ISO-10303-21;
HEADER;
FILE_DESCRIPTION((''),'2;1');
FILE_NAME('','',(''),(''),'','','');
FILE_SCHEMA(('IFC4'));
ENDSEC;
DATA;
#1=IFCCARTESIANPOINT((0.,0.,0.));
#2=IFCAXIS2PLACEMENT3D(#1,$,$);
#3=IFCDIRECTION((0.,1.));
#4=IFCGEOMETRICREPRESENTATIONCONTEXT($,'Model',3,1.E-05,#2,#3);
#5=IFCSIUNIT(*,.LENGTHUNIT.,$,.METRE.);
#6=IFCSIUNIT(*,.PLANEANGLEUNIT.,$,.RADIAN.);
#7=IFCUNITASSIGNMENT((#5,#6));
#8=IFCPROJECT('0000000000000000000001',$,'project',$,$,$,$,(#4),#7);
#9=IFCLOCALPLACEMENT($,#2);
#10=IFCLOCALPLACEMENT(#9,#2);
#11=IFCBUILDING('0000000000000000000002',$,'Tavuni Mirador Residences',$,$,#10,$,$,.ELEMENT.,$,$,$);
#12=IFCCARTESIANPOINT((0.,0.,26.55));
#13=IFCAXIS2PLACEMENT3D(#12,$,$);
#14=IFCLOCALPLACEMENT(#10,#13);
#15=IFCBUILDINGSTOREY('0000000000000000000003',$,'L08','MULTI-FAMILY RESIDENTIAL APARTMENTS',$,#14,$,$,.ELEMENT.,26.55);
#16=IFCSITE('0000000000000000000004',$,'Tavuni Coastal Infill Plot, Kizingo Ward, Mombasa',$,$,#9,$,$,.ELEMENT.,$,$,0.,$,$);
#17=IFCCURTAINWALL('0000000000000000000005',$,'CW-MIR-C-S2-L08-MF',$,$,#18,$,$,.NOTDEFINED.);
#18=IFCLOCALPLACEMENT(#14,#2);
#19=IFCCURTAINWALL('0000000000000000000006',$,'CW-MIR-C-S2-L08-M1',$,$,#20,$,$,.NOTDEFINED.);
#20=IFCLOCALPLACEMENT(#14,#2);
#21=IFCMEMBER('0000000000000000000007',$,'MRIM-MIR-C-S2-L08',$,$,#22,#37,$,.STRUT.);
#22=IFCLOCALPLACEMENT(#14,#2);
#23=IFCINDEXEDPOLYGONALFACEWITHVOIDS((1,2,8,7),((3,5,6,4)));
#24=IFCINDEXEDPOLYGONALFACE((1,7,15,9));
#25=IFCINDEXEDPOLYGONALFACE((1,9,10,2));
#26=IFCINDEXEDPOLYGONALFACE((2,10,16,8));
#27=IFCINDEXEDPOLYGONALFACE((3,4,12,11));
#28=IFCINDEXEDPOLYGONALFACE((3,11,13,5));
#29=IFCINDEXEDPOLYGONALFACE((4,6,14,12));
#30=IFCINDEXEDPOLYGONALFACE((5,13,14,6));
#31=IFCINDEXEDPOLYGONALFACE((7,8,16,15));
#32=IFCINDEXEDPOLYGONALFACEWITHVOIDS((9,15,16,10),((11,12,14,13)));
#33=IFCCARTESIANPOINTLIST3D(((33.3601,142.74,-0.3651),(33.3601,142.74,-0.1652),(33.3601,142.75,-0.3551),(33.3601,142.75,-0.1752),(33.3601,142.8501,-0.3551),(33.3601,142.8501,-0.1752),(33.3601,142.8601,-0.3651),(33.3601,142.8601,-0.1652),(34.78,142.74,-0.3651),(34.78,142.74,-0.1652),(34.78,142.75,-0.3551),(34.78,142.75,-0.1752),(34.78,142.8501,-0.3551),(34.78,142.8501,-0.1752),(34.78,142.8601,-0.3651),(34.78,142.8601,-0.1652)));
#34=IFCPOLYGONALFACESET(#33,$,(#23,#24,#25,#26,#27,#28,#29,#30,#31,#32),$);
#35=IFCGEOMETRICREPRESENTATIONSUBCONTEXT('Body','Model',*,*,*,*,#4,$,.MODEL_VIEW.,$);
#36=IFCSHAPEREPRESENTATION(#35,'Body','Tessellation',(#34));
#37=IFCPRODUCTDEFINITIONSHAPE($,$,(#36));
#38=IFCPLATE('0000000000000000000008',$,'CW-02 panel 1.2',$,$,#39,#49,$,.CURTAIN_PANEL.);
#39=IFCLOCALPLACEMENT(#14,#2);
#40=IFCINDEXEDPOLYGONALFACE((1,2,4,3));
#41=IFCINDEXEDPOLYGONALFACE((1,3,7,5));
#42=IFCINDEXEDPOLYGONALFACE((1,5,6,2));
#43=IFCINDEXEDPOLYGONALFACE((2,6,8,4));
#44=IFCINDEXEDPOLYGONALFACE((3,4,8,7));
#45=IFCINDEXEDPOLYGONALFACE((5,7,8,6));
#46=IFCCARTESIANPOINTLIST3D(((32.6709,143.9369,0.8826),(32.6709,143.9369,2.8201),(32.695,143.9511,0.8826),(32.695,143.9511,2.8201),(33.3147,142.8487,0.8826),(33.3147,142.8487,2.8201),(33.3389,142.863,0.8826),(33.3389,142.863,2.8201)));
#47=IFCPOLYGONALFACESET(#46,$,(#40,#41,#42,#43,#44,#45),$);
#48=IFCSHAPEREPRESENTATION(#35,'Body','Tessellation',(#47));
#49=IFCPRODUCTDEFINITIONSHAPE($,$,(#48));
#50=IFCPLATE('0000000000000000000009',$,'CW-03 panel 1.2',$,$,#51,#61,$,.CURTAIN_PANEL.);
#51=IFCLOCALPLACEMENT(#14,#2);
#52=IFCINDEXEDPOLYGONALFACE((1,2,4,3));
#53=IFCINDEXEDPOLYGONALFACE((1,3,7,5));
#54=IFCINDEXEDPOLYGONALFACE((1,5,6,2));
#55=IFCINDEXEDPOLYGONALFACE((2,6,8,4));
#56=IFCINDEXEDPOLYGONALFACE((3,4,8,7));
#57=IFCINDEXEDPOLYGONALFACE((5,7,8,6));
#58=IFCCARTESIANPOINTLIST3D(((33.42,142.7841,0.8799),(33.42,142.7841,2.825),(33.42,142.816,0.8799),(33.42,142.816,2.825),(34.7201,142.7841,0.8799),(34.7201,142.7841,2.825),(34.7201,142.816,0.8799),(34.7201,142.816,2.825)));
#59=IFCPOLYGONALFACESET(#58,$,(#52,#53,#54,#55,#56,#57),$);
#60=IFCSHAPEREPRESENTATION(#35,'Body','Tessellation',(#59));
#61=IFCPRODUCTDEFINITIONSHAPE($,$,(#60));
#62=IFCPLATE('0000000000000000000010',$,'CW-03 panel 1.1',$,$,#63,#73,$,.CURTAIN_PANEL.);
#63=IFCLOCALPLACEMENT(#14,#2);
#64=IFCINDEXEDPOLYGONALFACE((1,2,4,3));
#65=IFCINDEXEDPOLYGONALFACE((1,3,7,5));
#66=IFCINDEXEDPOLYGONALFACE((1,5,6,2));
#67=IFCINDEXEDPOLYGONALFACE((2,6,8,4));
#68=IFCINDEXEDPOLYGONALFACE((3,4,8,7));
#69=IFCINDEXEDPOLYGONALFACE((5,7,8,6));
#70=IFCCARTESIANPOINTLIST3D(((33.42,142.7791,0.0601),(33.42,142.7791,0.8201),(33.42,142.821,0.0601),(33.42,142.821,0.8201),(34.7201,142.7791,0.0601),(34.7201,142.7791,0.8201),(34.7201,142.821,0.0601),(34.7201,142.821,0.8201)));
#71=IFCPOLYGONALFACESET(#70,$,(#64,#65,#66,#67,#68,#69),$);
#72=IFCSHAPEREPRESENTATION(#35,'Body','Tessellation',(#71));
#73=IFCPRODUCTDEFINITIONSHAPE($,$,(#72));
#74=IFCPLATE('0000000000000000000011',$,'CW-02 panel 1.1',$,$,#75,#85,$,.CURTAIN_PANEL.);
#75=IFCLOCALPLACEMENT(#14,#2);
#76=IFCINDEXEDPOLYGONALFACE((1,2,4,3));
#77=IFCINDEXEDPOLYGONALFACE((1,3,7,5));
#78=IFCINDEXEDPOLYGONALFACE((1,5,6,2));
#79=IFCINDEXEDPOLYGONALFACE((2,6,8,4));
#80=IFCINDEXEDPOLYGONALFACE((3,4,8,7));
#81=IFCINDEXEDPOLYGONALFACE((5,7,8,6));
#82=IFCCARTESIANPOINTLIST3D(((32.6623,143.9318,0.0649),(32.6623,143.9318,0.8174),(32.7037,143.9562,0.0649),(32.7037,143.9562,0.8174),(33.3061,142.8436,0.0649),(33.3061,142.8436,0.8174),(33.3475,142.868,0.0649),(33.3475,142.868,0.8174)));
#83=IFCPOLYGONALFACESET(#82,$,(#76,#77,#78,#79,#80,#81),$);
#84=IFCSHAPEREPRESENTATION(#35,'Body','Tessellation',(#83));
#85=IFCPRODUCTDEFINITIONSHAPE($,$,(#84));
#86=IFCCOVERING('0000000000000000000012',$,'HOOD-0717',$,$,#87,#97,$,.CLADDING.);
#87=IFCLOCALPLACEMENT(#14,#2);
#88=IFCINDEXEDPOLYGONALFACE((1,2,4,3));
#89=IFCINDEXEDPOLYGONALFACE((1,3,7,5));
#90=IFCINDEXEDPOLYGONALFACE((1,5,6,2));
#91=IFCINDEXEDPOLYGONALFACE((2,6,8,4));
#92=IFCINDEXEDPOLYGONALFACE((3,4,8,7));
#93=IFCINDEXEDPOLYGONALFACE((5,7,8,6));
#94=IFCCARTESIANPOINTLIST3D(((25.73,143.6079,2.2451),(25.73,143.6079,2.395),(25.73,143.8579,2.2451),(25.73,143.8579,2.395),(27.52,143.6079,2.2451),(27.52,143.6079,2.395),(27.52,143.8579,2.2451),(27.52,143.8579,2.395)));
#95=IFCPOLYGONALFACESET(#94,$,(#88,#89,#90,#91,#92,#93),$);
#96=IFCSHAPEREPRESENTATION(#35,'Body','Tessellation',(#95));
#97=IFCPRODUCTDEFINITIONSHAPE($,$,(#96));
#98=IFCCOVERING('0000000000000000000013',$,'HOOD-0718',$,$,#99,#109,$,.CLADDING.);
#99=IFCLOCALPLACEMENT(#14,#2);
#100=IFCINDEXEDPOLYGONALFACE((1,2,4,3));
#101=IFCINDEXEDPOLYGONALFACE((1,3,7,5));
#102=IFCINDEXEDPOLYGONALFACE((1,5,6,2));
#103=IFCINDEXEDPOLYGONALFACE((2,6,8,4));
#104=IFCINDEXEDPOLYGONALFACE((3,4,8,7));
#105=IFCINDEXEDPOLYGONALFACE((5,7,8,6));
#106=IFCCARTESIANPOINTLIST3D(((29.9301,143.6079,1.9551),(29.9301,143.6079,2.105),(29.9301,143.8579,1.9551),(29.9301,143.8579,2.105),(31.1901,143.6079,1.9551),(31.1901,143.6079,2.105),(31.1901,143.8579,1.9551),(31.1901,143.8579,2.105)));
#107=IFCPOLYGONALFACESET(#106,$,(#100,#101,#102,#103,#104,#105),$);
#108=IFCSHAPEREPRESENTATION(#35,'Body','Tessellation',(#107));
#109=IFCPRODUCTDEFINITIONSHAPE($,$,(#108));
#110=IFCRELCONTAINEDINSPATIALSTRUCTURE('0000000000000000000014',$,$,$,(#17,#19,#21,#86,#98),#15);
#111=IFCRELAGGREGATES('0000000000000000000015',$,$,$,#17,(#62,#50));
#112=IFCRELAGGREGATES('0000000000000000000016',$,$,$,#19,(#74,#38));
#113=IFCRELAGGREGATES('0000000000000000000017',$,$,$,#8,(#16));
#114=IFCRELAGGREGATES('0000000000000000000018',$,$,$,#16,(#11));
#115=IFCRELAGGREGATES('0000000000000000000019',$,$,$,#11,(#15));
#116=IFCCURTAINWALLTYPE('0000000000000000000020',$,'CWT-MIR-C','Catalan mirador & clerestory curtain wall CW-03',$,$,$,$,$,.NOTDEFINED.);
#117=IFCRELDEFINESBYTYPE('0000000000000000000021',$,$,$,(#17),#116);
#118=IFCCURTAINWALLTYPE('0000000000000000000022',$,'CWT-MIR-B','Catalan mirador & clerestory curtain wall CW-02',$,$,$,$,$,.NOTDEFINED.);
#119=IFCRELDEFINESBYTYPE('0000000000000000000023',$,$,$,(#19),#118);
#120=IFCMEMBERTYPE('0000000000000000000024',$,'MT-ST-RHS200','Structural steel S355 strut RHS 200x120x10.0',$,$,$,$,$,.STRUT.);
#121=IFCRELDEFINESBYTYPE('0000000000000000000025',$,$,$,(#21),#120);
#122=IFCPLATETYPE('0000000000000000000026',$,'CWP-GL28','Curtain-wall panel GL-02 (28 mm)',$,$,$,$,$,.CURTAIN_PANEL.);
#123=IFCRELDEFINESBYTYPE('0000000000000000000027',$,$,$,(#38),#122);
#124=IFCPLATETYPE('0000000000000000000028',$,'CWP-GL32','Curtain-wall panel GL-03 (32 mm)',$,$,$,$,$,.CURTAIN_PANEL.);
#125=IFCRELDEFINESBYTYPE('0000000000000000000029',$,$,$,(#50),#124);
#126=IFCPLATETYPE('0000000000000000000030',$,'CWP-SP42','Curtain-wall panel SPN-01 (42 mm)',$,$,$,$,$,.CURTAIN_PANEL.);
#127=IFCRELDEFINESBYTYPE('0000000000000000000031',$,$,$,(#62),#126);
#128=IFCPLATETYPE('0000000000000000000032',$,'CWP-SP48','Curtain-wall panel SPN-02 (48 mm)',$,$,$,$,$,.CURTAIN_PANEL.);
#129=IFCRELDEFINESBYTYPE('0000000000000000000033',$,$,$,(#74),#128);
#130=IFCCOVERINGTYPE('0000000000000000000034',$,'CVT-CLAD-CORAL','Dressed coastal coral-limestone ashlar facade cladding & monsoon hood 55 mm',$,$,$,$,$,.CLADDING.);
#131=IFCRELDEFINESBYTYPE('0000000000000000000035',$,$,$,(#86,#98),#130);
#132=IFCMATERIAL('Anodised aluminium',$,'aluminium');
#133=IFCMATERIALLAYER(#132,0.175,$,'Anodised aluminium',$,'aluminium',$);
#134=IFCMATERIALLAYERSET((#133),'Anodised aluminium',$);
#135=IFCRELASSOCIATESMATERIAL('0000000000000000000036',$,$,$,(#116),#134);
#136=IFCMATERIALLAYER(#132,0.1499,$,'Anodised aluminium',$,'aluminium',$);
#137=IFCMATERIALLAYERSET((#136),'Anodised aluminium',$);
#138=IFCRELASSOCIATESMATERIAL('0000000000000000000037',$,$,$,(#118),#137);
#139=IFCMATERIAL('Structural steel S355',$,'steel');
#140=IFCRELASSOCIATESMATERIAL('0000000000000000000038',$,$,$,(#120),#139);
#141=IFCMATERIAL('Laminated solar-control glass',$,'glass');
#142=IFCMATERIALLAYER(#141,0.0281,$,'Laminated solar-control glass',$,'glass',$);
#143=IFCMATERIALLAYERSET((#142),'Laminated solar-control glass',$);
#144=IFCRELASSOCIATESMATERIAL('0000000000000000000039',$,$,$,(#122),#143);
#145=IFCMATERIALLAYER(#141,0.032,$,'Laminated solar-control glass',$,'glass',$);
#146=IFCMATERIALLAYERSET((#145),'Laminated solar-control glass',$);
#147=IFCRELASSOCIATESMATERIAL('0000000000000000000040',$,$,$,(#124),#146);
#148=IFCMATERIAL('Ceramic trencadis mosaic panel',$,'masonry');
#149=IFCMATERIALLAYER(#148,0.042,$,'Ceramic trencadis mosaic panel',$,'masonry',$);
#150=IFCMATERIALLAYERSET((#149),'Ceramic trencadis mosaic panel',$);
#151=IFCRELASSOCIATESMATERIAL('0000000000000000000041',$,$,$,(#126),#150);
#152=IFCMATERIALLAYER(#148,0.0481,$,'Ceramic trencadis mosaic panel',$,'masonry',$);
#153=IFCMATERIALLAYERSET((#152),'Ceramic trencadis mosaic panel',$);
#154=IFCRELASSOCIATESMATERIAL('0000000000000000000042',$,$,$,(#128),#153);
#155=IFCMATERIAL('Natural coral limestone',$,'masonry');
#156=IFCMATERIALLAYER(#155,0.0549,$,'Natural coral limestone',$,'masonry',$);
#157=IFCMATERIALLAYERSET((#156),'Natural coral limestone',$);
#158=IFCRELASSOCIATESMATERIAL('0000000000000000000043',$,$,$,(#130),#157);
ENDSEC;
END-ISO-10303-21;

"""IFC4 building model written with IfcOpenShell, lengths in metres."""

from ifc_helpers import new_model, si_unit, direction, frame, origin, origin_2d, place, context, subcontext, project, spatial, rectangle, hollow_rectangle, extrude, material, layer, layer_set, material_profile, profile_set, type_object, element, aggregate, save


model = new_model("IFC4")

# Units and contexts
model_context = context("Model", 3, precision=1e-05, world=origin(), true_north=direction((0.0, 1.0)))
body_context = subcontext(model_context, "Body", "Model", "MODEL_VIEW")
ifc_project = project(units=[si_unit("LENGTHUNIT", "METRE"), si_unit("PLANEANGLEUNIT", "RADIAN")], contexts=[model_context])

# Site, building, storey
site_placement = place(None, origin())
site = spatial("IfcSite", under=ifc_project, at=site_placement, Name="Tavuni Coastal Infill Plot, Kizingo Ward, Mombasa", CompositionType="ELEMENT", RefElevation=0.0)
building_placement = place(site_placement, origin())
building = spatial("IfcBuilding", under=site, at=building_placement, Name="Tavuni Mirador Residences", CompositionType="ELEMENT")
storey_placement = place(building_placement, frame((0.0, 0.0, 26.55)))
storey = spatial("IfcBuildingStorey", under=building, at=storey_placement, Name="L08", Description="MULTI-FAMILY RESIDENTIAL APARTMENTS", CompositionType="ELEMENT", Elevation=26.55)

# Curtain wall
ifc_material_1 = material(Name="Anodised aluminium", Category="aluminium")
ifc_layer_1 = layer(ifc_material_1, 0.175, Name="Anodised aluminium", Category="aluminium")
ifc_layer_set_1 = layer_set([ifc_layer_1], Name="Anodised aluminium")
curtain_wall_type_1 = type_object("IfcCurtainWallType", Name="CWT-MIR-C", Description="Catalan mirador & clerestory curtain wall CW-03", PredefinedType="NOTDEFINED", material=ifc_layer_set_1)
curtain_wall_1_placement = place(storey_placement, origin())
curtain_wall_1 = element("IfcCurtainWall", 1, at=curtain_wall_1_placement, inside=storey, type_object=curtain_wall_type_1, Name="CW-MIR-C-S2-L08-MF", PredefinedType="NOTDEFINED")

# Curtain wall
ifc_layer_2 = layer(ifc_material_1, 0.1499, Name="Anodised aluminium", Category="aluminium")
ifc_layer_set_2 = layer_set([ifc_layer_2], Name="Anodised aluminium")
curtain_wall_type_2 = type_object("IfcCurtainWallType", Name="CWT-MIR-B", Description="Catalan mirador & clerestory curtain wall CW-02", PredefinedType="NOTDEFINED", material=ifc_layer_set_2)
curtain_wall_2_placement = place(storey_placement, origin())
curtain_wall_2 = element("IfcCurtainWall", 2, at=curtain_wall_2_placement, inside=storey, type_object=curtain_wall_type_2, Name="CW-MIR-C-S2-L08-M1", PredefinedType="NOTDEFINED")

# Member
ifc_material_2 = material(Name="Structural steel S355", Category="steel")
ifc_material_profile_1 = material_profile(ifc_material_2, hollow_rectangle(XDim=0.1201, YDim=0.2, WallThickness=0.01, at=origin_2d()), Name="RHS 200x120x10.0", Category="steel")
ifc_profile_set_1 = profile_set([ifc_material_profile_1], Name="Structural steel S355")
member_type_1 = type_object("IfcMemberType", Name="MT-ST-RHS200", Description="Structural steel S355 strut RHS 200x120x10.0", PredefinedType="STRUT", material=ifc_profile_set_1)
member_1_placement = place(storey_placement, frame((33.3601, 142.8, -0.2651), z_axis=(1.0, 0.0, 0.0), x_axis=(0.0, 1.0, 0.0)))
element("IfcMember", 3, at=member_1_placement, inside=storey, type_object=member_type_1, Name="MRIM-MIR-C-S2-L08", PredefinedType="STRUT", context=body_context, shape_type="SweptSolid", body=[
    extrude(hollow_rectangle(XDim=0.1201, YDim=0.2, WallThickness=0.01, at=origin_2d()), origin(), (0.0, 0.0, 1.0), 1.4199),
])

# Plates
ifc_material_3 = material(Name="Laminated solar-control glass", Category="glass")
ifc_layer_3 = layer(ifc_material_3, 0.0281, Name="Laminated solar-control glass", Category="glass")
ifc_layer_set_3 = layer_set([ifc_layer_3], Name="Laminated solar-control glass")
plate_type_1 = type_object("IfcPlateType", Name="CWP-GL28", Description="Curtain-wall panel GL-02 (28 mm)", PredefinedType="CURTAIN_PANEL", material=ifc_layer_set_3)
plate_1_placement = place(storey_placement, frame((33.0049, 143.3999, 0.8826), z_axis=(0.0, 0.0, 1.0), x_axis=(0.509212, -0.860641, 0.0)))
plate_1 = element("IfcPlate", 4, at=plate_1_placement, type_object=plate_type_1, Name="CW-02 panel 1.2", PredefinedType="CURTAIN_PANEL", context=body_context, shape_type="SweptSolid", body=[
    extrude(rectangle(XDim=1.2644, YDim=0.0281, at=origin_2d()), origin(), (0.0, 0.0, 1.0), 1.9375),
])
ifc_layer_4 = layer(ifc_material_3, 0.032, Name="Laminated solar-control glass", Category="glass")
ifc_layer_set_4 = layer_set([ifc_layer_4], Name="Laminated solar-control glass")
plate_type_2 = type_object("IfcPlateType", Name="CWP-GL32", Description="Curtain-wall panel GL-03 (32 mm)", PredefinedType="CURTAIN_PANEL", material=ifc_layer_set_4)
plate_2_placement = place(storey_placement, frame((34.0701, 142.8, 0.8799), z_axis=(0.0, 0.0, 1.0), x_axis=(1.0, 0.0, 0.0)))
plate_2 = element("IfcPlate", 5, at=plate_2_placement, type_object=plate_type_2, Name="CW-03 panel 1.2", PredefinedType="CURTAIN_PANEL", context=body_context, shape_type="SweptSolid", body=[
    extrude(rectangle(XDim=1.3, YDim=0.032, at=origin_2d()), origin(), (0.0, 0.0, 1.0), 1.9451),
])
ifc_material_4 = material(Name="Ceramic trencadis mosaic panel", Category="masonry")
ifc_layer_5 = layer(ifc_material_4, 0.042, Name="Ceramic trencadis mosaic panel", Category="masonry")
ifc_layer_set_5 = layer_set([ifc_layer_5], Name="Ceramic trencadis mosaic panel")
plate_type_3 = type_object("IfcPlateType", Name="CWP-SP42", Description="Curtain-wall panel SPN-01 (42 mm)", PredefinedType="CURTAIN_PANEL", material=ifc_layer_set_5)
plate_3_placement = place(storey_placement, frame((34.0701, 142.8, 0.0601), z_axis=(0.0, 0.0, 1.0), x_axis=(1.0, 0.0, 0.0)))
plate_3 = element("IfcPlate", 6, at=plate_3_placement, type_object=plate_type_3, Name="CW-03 panel 1.1", PredefinedType="CURTAIN_PANEL", context=body_context, shape_type="SweptSolid", body=[
    extrude(rectangle(XDim=1.3, YDim=0.042, at=origin_2d()), origin(), (0.0, 0.0, 1.0), 0.76),
])
aggregate(curtain_wall_1, [plate_3, plate_2])
ifc_layer_6 = layer(ifc_material_4, 0.0481, Name="Ceramic trencadis mosaic panel", Category="masonry")
ifc_layer_set_6 = layer_set([ifc_layer_6], Name="Ceramic trencadis mosaic panel")
plate_type_4 = type_object("IfcPlateType", Name="CWP-SP48", Description="Curtain-wall panel SPN-02 (48 mm)", PredefinedType="CURTAIN_PANEL", material=ifc_layer_set_6)
plate_4_placement = place(storey_placement, frame((33.0049, 143.3999, 0.0649), z_axis=(0.0, 0.0, 1.0), x_axis=(0.509212, -0.860641, 0.0)))
plate_4 = element("IfcPlate", 7, at=plate_4_placement, type_object=plate_type_4, Name="CW-02 panel 1.1", PredefinedType="CURTAIN_PANEL", context=body_context, shape_type="SweptSolid", body=[
    extrude(rectangle(XDim=1.2644, YDim=0.0481, at=origin_2d()), origin(), (0.0, 0.0, 1.0), 0.7524),
])
aggregate(curtain_wall_2, [plate_4, plate_1])

# Coverings
ifc_material_5 = material(Name="Natural coral limestone", Category="masonry")
ifc_layer_7 = layer(ifc_material_5, 0.0549, Name="Natural coral limestone", Category="masonry")
ifc_layer_set_7 = layer_set([ifc_layer_7], Name="Natural coral limestone")
covering_type = type_object("IfcCoveringType", Name="CVT-CLAD-CORAL", Description="Dressed coastal coral-limestone ashlar facade cladding & monsoon hood 55 mm", PredefinedType="CLADDING", material=ifc_layer_set_7)
covering_1_placement = place(storey_placement, frame((26.625, 143.7329, 2.2451), z_axis=(0.0, 0.0, 1.0), x_axis=(1.0, 0.0, 0.0)))
element("IfcCovering", 8, at=covering_1_placement, inside=storey, type_object=covering_type, Name="HOOD-0717", PredefinedType="CLADDING", context=body_context, shape_type="SweptSolid", body=[
    extrude(rectangle(XDim=1.79, YDim=0.25, at=origin_2d()), origin(), (0.0, 0.0, 1.0), 0.1499),
])
covering_2_placement = place(storey_placement, frame((30.5601, 143.7329, 1.9551), z_axis=(0.0, 0.0, 1.0), x_axis=(1.0, 0.0, 0.0)))
element("IfcCovering", 9, at=covering_2_placement, inside=storey, type_object=covering_type, Name="HOOD-0718", PredefinedType="CLADDING", context=body_context, shape_type="SweptSolid", body=[
    extrude(rectangle(XDim=1.26, YDim=0.25, at=origin_2d()), origin(), (0.0, 0.0, 1.0), 0.1499),
])

save(model, "model.ifc")
